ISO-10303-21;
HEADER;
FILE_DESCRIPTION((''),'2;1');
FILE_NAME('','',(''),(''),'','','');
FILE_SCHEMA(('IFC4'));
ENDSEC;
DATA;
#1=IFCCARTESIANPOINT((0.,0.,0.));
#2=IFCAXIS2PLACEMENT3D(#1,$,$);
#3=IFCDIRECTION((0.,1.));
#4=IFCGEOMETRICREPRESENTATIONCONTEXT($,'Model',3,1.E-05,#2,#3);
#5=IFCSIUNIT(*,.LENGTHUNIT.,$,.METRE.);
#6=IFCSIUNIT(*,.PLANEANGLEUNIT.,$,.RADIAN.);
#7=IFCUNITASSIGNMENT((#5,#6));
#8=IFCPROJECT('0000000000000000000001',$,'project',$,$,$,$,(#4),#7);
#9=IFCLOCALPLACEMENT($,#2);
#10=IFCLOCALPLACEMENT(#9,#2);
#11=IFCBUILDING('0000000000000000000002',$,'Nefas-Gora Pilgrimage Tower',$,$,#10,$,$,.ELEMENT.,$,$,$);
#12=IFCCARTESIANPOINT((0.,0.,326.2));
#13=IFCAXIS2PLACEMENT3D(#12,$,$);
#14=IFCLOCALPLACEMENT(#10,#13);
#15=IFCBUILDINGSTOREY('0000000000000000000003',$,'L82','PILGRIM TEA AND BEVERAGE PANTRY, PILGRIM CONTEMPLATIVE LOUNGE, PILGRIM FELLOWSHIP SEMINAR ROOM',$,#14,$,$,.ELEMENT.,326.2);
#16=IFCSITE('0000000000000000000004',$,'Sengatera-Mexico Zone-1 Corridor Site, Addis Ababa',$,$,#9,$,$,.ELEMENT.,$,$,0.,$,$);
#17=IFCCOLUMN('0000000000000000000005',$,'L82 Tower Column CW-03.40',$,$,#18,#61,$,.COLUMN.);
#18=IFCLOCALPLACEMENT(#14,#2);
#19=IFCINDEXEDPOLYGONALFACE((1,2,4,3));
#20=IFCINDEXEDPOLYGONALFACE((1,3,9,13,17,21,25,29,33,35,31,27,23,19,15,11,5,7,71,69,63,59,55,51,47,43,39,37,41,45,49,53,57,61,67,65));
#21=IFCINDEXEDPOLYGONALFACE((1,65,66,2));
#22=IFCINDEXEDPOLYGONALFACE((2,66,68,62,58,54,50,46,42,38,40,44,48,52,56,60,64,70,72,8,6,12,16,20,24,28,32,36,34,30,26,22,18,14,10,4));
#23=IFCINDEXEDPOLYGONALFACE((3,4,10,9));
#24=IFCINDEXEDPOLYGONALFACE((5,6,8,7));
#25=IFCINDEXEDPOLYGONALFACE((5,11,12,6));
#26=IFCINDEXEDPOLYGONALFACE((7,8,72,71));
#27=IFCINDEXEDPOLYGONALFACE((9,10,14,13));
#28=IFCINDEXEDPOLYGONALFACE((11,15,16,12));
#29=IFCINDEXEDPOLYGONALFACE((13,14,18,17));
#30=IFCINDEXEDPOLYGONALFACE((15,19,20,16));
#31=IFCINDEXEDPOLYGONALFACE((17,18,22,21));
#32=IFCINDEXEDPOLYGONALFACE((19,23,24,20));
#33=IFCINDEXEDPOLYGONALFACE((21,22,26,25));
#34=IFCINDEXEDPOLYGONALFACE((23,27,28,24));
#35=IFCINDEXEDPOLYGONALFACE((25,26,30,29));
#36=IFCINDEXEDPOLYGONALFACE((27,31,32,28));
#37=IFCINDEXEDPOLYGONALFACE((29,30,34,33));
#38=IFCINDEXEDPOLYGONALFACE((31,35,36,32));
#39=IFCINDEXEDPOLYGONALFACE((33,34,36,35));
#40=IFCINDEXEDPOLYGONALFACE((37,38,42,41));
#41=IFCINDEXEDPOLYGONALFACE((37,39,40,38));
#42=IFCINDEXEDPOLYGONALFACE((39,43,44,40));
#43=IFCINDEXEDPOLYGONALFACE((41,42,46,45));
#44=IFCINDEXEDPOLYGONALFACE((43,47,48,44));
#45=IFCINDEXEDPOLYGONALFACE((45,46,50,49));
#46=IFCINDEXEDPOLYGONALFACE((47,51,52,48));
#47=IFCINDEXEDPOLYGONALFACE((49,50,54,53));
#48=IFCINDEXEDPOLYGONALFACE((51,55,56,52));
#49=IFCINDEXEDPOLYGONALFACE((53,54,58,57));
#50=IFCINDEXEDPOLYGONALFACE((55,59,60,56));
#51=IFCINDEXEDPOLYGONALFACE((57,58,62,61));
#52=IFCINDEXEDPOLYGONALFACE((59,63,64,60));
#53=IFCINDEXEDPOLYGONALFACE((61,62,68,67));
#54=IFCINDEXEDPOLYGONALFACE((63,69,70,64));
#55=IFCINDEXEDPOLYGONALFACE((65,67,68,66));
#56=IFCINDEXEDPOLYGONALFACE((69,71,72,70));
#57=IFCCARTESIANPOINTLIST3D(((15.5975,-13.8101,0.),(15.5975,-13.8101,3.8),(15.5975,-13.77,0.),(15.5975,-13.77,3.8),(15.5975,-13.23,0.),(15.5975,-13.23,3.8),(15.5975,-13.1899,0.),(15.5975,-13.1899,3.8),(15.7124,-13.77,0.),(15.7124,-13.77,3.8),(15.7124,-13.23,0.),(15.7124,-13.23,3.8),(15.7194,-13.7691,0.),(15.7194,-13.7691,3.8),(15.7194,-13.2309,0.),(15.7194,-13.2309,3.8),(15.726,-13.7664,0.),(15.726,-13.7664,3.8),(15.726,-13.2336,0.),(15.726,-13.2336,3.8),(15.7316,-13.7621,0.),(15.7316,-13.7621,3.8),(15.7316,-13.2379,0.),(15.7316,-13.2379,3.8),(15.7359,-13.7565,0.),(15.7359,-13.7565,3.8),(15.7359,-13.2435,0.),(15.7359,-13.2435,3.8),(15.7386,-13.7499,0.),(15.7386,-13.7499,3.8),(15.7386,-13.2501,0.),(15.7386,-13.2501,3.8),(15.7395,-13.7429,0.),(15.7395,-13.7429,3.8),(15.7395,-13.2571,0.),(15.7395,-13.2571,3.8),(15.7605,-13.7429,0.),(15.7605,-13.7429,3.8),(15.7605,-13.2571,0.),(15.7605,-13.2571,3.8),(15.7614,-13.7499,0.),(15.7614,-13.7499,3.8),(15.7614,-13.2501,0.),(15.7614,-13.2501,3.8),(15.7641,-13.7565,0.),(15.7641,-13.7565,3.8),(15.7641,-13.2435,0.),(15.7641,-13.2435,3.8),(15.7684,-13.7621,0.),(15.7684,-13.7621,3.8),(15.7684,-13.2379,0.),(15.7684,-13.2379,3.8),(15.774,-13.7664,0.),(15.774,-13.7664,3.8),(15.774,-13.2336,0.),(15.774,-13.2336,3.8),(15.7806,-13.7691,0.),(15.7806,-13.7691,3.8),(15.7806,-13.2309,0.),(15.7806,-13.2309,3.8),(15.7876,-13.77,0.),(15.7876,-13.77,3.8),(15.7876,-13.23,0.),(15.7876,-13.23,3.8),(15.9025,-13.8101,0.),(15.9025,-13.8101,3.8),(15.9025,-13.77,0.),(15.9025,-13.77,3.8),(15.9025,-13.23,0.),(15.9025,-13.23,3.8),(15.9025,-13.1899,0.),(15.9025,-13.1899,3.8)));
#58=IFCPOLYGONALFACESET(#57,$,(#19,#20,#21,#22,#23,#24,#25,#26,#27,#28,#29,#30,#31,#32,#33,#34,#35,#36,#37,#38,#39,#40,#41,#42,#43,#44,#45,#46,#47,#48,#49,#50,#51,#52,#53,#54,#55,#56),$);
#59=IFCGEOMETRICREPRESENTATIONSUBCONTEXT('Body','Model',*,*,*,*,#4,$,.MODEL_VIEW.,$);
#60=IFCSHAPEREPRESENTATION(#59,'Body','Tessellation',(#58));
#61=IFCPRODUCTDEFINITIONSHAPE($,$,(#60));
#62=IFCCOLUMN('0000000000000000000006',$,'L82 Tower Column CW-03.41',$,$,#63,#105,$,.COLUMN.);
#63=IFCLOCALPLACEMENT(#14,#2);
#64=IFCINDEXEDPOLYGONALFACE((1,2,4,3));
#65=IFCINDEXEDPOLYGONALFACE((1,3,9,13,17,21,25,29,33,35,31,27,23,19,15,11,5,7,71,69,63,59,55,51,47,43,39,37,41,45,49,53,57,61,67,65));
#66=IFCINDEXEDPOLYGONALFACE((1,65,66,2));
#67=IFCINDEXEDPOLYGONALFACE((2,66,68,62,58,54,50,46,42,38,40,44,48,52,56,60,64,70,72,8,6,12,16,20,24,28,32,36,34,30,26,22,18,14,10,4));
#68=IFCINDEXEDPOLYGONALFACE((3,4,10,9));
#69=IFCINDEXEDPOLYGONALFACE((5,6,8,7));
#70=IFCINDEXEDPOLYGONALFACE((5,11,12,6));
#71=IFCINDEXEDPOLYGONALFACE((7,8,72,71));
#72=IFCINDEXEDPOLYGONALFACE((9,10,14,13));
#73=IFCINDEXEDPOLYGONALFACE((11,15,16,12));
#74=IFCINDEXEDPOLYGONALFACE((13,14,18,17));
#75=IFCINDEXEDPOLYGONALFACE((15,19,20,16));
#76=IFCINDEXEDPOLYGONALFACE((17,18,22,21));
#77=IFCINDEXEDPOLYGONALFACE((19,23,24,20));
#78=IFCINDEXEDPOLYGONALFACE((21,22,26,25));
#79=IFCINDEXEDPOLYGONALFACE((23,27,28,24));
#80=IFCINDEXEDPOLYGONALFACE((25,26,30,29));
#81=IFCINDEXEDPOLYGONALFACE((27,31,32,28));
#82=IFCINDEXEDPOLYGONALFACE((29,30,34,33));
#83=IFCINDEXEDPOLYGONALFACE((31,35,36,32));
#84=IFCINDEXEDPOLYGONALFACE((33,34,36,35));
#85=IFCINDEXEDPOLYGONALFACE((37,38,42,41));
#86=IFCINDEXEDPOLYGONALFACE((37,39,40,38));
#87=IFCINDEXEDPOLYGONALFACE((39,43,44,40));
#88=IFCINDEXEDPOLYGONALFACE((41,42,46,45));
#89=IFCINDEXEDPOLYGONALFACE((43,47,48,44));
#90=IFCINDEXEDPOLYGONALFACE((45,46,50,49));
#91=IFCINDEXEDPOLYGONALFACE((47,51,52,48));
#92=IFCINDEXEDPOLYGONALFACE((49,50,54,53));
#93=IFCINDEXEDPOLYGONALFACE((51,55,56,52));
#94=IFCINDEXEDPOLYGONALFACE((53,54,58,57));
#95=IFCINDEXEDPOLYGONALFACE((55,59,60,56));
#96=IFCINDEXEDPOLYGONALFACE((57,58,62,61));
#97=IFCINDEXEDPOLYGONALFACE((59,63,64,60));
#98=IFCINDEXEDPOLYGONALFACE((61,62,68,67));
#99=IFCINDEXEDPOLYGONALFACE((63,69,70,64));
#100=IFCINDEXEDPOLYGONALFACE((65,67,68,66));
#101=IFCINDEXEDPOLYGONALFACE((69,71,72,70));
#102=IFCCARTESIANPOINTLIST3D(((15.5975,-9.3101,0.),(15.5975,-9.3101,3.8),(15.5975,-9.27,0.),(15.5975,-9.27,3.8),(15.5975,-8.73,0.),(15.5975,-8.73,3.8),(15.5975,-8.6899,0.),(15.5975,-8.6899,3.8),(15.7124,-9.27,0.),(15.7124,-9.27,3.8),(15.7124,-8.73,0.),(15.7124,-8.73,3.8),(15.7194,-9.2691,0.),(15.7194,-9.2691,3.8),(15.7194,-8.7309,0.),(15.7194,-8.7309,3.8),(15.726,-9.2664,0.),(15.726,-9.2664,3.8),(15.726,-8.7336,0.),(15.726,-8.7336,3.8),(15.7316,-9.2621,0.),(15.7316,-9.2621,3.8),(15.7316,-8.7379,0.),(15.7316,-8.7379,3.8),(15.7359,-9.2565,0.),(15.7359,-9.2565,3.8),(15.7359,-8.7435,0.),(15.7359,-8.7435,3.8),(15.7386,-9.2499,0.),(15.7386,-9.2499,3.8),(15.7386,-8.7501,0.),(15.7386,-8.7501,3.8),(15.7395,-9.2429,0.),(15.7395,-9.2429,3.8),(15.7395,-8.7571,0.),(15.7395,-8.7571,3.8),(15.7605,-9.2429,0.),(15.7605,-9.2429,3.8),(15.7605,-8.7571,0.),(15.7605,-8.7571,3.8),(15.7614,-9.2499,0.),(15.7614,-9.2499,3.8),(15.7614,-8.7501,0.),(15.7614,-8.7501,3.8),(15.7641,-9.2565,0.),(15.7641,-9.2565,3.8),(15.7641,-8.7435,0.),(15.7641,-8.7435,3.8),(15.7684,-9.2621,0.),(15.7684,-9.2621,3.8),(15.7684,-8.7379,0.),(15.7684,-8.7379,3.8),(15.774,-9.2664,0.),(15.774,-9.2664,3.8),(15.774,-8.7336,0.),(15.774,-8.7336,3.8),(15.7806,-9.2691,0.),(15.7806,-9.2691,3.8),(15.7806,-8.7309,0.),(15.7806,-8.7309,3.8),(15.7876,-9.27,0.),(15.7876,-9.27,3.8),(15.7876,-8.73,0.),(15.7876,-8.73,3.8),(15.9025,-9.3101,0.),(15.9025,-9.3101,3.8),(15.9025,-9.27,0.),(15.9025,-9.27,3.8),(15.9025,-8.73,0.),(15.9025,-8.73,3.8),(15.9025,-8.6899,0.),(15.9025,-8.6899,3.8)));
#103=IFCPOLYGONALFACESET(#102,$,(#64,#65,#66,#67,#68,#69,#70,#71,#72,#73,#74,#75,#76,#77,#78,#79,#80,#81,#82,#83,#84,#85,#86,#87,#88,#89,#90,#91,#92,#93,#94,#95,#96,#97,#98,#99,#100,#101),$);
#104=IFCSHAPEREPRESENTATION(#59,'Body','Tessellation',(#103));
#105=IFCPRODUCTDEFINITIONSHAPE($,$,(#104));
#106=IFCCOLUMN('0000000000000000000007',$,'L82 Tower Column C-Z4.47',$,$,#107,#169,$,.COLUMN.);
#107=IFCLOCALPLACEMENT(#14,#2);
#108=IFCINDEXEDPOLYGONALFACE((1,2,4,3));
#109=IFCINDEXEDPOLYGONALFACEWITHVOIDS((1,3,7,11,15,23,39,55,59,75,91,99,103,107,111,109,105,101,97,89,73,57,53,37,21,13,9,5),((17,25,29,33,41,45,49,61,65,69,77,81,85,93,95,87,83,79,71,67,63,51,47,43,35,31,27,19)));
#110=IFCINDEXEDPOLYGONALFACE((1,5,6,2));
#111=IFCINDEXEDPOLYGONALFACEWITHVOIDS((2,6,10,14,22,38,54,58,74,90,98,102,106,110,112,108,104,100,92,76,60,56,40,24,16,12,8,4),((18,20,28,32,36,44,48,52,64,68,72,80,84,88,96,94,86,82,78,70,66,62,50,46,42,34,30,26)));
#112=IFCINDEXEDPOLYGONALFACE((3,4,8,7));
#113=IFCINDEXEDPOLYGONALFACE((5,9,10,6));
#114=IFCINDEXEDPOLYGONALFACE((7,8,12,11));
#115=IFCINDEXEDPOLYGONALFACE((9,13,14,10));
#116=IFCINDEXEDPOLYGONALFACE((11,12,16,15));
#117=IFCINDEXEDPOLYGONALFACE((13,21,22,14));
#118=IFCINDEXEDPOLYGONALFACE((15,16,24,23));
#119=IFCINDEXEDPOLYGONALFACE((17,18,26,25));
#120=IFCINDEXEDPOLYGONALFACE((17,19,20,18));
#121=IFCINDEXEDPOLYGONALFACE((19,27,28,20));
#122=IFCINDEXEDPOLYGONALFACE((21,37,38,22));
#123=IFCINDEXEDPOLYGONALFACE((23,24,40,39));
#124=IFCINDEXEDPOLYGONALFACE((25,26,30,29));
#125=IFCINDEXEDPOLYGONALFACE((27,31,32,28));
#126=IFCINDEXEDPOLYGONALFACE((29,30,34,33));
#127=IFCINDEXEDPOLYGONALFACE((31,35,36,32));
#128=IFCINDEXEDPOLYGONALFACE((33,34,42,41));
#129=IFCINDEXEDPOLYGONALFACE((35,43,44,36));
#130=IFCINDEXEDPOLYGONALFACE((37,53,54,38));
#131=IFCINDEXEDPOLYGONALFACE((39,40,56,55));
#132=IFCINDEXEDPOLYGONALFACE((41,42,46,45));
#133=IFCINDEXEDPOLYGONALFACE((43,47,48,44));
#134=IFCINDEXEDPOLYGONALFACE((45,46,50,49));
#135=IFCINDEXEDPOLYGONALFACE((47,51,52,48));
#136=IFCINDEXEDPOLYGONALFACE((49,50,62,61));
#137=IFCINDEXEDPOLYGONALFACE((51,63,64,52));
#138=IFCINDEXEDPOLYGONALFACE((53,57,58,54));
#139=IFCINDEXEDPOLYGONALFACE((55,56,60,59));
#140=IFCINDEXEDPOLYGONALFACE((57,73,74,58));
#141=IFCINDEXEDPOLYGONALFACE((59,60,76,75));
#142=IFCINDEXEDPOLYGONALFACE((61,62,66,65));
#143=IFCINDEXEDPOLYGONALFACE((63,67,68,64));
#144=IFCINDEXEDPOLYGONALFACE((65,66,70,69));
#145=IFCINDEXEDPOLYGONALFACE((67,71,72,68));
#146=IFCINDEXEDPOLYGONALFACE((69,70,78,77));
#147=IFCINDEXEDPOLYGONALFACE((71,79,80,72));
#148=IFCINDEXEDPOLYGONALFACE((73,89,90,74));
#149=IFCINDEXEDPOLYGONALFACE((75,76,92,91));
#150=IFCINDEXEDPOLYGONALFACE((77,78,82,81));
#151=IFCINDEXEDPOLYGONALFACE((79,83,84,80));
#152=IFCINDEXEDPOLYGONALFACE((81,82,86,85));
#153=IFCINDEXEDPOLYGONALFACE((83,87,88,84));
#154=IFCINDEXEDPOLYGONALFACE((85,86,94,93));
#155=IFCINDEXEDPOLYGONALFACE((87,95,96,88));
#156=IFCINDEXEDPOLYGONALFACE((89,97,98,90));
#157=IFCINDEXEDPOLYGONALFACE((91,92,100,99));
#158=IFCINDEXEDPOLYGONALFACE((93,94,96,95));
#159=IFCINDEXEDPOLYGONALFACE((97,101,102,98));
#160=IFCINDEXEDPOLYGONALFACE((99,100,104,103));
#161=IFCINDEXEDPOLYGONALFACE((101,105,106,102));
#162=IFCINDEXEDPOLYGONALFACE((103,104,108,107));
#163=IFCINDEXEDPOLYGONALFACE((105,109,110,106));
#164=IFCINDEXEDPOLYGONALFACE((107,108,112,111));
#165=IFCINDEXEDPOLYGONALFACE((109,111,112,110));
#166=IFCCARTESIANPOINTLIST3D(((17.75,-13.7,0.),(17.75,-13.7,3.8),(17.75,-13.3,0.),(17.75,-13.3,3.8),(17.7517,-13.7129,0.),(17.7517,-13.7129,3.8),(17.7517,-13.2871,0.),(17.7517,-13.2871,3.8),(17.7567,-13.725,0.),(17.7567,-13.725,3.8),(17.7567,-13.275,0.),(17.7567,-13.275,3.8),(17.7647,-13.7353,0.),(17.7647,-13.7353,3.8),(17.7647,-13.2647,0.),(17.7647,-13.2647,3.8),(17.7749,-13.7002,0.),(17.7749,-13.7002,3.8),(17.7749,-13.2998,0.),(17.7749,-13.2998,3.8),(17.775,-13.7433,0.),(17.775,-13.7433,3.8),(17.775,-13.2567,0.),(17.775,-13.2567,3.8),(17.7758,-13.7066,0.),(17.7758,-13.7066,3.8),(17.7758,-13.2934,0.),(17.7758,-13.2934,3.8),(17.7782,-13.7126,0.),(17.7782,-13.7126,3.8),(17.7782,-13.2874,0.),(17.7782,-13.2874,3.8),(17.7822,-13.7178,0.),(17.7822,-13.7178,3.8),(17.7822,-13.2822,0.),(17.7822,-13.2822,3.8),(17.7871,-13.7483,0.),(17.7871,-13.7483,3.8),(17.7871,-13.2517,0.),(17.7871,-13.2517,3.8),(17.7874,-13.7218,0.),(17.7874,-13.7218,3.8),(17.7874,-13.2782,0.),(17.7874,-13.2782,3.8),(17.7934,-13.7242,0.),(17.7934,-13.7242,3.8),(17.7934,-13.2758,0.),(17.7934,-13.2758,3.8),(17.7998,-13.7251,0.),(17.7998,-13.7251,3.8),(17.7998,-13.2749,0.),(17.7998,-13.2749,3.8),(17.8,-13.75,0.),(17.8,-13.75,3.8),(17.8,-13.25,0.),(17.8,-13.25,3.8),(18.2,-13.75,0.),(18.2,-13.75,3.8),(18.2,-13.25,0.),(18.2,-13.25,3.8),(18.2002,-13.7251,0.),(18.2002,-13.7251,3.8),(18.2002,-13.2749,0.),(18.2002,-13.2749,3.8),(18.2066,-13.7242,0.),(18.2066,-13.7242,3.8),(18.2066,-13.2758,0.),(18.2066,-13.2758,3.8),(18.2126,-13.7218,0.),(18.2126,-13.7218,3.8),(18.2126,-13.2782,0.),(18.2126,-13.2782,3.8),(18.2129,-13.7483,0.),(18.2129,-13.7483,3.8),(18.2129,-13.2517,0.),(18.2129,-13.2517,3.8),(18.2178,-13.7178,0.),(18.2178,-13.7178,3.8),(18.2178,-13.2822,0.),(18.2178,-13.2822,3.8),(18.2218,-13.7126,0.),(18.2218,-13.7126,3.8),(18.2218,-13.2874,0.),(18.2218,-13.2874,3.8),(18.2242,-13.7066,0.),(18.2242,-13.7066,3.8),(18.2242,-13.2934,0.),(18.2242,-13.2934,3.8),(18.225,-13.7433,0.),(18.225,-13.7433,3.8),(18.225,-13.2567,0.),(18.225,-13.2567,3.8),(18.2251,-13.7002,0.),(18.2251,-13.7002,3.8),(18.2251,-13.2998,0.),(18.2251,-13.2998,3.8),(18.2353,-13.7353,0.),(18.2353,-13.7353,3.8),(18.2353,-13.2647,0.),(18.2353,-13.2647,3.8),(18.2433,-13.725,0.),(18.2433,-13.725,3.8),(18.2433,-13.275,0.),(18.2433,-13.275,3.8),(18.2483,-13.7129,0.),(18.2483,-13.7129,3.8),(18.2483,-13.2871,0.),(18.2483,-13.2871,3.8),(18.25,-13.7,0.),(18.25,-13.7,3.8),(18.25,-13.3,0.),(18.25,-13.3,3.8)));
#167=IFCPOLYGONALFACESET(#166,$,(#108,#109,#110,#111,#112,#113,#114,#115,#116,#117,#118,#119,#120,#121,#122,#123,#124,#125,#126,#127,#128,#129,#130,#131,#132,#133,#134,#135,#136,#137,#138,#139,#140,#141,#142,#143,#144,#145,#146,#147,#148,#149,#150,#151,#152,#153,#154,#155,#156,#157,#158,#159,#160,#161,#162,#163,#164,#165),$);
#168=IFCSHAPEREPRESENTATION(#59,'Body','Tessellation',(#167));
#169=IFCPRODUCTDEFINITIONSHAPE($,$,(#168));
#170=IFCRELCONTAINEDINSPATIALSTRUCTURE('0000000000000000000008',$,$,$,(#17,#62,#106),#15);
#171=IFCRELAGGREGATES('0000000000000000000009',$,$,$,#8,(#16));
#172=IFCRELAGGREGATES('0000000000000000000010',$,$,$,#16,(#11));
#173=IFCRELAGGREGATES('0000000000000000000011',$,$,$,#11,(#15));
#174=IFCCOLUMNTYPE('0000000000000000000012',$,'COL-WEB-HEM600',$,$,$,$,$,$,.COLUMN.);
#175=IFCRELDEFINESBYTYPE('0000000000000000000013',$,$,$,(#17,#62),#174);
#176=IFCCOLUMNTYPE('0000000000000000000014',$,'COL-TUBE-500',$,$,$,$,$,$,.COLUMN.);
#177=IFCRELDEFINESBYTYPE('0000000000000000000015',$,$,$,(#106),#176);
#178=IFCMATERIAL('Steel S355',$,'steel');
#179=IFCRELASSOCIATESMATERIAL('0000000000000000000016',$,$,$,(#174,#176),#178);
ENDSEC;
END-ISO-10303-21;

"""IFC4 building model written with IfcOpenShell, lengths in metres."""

from ifc_helpers import new_model, si_unit, direction, frame, origin, origin_2d, place, context, subcontext, project, spatial, hollow_rectangle, i_section, extrude, source, transform, mapped, material, material_profile, profile_set, type_object, element, save


model = new_model("IFC4")

# Units and contexts
model_context = context("Model", 3, precision=1e-05, world=origin(), true_north=direction((0.0, 1.0)))
body_context = subcontext(model_context, "Body", "Model", "MODEL_VIEW")
ifc_project = project(units=[si_unit("LENGTHUNIT", "METRE"), si_unit("PLANEANGLEUNIT", "RADIAN")], contexts=[model_context])

# Site, building, storey
site_placement = place(None, origin())
site = spatial("IfcSite", under=ifc_project, at=site_placement, Name="Sengatera-Mexico Zone-1 Corridor Site, Addis Ababa", CompositionType="ELEMENT", RefElevation=0.0)
building_placement = place(site_placement, origin())
building = spatial("IfcBuilding", under=site, at=building_placement, Name="Nefas-Gora Pilgrimage Tower", CompositionType="ELEMENT")
storey_placement = place(building_placement, frame((0.0, 0.0, 326.2)))
storey = spatial("IfcBuildingStorey", under=building, at=storey_placement, Name="L82", Description="PILGRIM TEA AND BEVERAGE PANTRY, PILGRIM CONTEMPLATIVE LOUNGE, PILGRIM FELLOWSHIP SEMINAR ROOM", CompositionType="ELEMENT", Elevation=326.2)

# Columns
ifc_material_1 = material(Name="Steel S355", Category="steel")
ifc_material_profile_1 = material_profile(ifc_material_1, i_section(OverallWidth=0.3049, OverallDepth=0.6201, WebThickness=0.021, FlangeThickness=0.04, FilletRadius=0.0271, at=origin_2d()), Name="HEM 600")
ifc_profile_set_1 = profile_set([ifc_material_profile_1], Name="Steel S355")
column_type_1 = type_object("IfcColumnType", Name="COL-WEB-HEM600", PredefinedType="COLUMN", material=ifc_profile_set_1)
shared_shape_1 = source(origin(), body_context, "Body", "SweptSolid", [
    extrude(i_section(OverallWidth=0.3049, OverallDepth=0.6201, WebThickness=0.021, FlangeThickness=0.04, FilletRadius=0.0271, at=origin_2d()), origin(), (0.0, 0.0, 1.0), 3.8),
])
for number, where, z_axis, x_axis, name in (
    (1, (15.75, -13.5, 0.0), (0.0, 0.0, 1.0), (1.0, 0.0, 0.0), "L82 Tower Column CW-03.40"),
    (2, (15.75, -9.0, 0.0), (0.0, 0.0, 1.0), (1.0, 0.0, 0.0), "L82 Tower Column CW-03.41"),
):
    element("IfcColumn", number, at=place(storey_placement, frame(where, z_axis=z_axis, x_axis=x_axis)), inside=storey, type_object=column_type_1, Name=name, PredefinedType="COLUMN", context=body_context, shape_type="MappedRepresentation", body=[
        mapped(shared_shape_1, transform((0.0, 0.0, 0.0), x_axis=(1.0, 0.0, 0.0), y_axis=(0.0, 1.0, 0.0), z_axis=(0.0, 0.0, 1.0), scale=1.0)),
    ])
ifc_material_profile_2 = material_profile(ifc_material_1, hollow_rectangle(XDim=0.5, YDim=0.5, WallThickness=0.0249, InnerFilletRadius=0.0249, OuterFilletRadius=0.05, at=origin_2d()), Name="SHS 500x500x25")
ifc_profile_set_2 = profile_set([ifc_material_profile_2], Name="Steel S355")
column_type_2 = type_object("IfcColumnType", Name="COL-TUBE-500", PredefinedType="COLUMN", material=ifc_profile_set_2)
shared_shape_2 = source(origin(), body_context, "Body", "SweptSolid", [
    extrude(hollow_rectangle(XDim=0.5, YDim=0.5, WallThickness=0.0249, InnerFilletRadius=0.0249, OuterFilletRadius=0.05, at=origin_2d()), origin(), (0.0, 0.0, 1.0), 3.8),
])
for number, where, z_axis, x_axis, name in (
    (3, (18.0, -13.5, 0.0), (0.0, 0.0, 1.0), (1.0, 0.0, 0.0), "L82 Tower Column C-Z4.47"),
):
    element("IfcColumn", number, at=place(storey_placement, frame(where, z_axis=z_axis, x_axis=x_axis)), inside=storey, type_object=column_type_2, Name=name, PredefinedType="COLUMN", context=body_context, shape_type="MappedRepresentation", body=[
        mapped(shared_shape_2, transform((0.0, 0.0, 0.0), x_axis=(1.0, 0.0, 0.0), y_axis=(0.0, 1.0, 0.0), z_axis=(0.0, 0.0, 1.0), scale=1.0)),
    ])

save(model, "model.ifc")
